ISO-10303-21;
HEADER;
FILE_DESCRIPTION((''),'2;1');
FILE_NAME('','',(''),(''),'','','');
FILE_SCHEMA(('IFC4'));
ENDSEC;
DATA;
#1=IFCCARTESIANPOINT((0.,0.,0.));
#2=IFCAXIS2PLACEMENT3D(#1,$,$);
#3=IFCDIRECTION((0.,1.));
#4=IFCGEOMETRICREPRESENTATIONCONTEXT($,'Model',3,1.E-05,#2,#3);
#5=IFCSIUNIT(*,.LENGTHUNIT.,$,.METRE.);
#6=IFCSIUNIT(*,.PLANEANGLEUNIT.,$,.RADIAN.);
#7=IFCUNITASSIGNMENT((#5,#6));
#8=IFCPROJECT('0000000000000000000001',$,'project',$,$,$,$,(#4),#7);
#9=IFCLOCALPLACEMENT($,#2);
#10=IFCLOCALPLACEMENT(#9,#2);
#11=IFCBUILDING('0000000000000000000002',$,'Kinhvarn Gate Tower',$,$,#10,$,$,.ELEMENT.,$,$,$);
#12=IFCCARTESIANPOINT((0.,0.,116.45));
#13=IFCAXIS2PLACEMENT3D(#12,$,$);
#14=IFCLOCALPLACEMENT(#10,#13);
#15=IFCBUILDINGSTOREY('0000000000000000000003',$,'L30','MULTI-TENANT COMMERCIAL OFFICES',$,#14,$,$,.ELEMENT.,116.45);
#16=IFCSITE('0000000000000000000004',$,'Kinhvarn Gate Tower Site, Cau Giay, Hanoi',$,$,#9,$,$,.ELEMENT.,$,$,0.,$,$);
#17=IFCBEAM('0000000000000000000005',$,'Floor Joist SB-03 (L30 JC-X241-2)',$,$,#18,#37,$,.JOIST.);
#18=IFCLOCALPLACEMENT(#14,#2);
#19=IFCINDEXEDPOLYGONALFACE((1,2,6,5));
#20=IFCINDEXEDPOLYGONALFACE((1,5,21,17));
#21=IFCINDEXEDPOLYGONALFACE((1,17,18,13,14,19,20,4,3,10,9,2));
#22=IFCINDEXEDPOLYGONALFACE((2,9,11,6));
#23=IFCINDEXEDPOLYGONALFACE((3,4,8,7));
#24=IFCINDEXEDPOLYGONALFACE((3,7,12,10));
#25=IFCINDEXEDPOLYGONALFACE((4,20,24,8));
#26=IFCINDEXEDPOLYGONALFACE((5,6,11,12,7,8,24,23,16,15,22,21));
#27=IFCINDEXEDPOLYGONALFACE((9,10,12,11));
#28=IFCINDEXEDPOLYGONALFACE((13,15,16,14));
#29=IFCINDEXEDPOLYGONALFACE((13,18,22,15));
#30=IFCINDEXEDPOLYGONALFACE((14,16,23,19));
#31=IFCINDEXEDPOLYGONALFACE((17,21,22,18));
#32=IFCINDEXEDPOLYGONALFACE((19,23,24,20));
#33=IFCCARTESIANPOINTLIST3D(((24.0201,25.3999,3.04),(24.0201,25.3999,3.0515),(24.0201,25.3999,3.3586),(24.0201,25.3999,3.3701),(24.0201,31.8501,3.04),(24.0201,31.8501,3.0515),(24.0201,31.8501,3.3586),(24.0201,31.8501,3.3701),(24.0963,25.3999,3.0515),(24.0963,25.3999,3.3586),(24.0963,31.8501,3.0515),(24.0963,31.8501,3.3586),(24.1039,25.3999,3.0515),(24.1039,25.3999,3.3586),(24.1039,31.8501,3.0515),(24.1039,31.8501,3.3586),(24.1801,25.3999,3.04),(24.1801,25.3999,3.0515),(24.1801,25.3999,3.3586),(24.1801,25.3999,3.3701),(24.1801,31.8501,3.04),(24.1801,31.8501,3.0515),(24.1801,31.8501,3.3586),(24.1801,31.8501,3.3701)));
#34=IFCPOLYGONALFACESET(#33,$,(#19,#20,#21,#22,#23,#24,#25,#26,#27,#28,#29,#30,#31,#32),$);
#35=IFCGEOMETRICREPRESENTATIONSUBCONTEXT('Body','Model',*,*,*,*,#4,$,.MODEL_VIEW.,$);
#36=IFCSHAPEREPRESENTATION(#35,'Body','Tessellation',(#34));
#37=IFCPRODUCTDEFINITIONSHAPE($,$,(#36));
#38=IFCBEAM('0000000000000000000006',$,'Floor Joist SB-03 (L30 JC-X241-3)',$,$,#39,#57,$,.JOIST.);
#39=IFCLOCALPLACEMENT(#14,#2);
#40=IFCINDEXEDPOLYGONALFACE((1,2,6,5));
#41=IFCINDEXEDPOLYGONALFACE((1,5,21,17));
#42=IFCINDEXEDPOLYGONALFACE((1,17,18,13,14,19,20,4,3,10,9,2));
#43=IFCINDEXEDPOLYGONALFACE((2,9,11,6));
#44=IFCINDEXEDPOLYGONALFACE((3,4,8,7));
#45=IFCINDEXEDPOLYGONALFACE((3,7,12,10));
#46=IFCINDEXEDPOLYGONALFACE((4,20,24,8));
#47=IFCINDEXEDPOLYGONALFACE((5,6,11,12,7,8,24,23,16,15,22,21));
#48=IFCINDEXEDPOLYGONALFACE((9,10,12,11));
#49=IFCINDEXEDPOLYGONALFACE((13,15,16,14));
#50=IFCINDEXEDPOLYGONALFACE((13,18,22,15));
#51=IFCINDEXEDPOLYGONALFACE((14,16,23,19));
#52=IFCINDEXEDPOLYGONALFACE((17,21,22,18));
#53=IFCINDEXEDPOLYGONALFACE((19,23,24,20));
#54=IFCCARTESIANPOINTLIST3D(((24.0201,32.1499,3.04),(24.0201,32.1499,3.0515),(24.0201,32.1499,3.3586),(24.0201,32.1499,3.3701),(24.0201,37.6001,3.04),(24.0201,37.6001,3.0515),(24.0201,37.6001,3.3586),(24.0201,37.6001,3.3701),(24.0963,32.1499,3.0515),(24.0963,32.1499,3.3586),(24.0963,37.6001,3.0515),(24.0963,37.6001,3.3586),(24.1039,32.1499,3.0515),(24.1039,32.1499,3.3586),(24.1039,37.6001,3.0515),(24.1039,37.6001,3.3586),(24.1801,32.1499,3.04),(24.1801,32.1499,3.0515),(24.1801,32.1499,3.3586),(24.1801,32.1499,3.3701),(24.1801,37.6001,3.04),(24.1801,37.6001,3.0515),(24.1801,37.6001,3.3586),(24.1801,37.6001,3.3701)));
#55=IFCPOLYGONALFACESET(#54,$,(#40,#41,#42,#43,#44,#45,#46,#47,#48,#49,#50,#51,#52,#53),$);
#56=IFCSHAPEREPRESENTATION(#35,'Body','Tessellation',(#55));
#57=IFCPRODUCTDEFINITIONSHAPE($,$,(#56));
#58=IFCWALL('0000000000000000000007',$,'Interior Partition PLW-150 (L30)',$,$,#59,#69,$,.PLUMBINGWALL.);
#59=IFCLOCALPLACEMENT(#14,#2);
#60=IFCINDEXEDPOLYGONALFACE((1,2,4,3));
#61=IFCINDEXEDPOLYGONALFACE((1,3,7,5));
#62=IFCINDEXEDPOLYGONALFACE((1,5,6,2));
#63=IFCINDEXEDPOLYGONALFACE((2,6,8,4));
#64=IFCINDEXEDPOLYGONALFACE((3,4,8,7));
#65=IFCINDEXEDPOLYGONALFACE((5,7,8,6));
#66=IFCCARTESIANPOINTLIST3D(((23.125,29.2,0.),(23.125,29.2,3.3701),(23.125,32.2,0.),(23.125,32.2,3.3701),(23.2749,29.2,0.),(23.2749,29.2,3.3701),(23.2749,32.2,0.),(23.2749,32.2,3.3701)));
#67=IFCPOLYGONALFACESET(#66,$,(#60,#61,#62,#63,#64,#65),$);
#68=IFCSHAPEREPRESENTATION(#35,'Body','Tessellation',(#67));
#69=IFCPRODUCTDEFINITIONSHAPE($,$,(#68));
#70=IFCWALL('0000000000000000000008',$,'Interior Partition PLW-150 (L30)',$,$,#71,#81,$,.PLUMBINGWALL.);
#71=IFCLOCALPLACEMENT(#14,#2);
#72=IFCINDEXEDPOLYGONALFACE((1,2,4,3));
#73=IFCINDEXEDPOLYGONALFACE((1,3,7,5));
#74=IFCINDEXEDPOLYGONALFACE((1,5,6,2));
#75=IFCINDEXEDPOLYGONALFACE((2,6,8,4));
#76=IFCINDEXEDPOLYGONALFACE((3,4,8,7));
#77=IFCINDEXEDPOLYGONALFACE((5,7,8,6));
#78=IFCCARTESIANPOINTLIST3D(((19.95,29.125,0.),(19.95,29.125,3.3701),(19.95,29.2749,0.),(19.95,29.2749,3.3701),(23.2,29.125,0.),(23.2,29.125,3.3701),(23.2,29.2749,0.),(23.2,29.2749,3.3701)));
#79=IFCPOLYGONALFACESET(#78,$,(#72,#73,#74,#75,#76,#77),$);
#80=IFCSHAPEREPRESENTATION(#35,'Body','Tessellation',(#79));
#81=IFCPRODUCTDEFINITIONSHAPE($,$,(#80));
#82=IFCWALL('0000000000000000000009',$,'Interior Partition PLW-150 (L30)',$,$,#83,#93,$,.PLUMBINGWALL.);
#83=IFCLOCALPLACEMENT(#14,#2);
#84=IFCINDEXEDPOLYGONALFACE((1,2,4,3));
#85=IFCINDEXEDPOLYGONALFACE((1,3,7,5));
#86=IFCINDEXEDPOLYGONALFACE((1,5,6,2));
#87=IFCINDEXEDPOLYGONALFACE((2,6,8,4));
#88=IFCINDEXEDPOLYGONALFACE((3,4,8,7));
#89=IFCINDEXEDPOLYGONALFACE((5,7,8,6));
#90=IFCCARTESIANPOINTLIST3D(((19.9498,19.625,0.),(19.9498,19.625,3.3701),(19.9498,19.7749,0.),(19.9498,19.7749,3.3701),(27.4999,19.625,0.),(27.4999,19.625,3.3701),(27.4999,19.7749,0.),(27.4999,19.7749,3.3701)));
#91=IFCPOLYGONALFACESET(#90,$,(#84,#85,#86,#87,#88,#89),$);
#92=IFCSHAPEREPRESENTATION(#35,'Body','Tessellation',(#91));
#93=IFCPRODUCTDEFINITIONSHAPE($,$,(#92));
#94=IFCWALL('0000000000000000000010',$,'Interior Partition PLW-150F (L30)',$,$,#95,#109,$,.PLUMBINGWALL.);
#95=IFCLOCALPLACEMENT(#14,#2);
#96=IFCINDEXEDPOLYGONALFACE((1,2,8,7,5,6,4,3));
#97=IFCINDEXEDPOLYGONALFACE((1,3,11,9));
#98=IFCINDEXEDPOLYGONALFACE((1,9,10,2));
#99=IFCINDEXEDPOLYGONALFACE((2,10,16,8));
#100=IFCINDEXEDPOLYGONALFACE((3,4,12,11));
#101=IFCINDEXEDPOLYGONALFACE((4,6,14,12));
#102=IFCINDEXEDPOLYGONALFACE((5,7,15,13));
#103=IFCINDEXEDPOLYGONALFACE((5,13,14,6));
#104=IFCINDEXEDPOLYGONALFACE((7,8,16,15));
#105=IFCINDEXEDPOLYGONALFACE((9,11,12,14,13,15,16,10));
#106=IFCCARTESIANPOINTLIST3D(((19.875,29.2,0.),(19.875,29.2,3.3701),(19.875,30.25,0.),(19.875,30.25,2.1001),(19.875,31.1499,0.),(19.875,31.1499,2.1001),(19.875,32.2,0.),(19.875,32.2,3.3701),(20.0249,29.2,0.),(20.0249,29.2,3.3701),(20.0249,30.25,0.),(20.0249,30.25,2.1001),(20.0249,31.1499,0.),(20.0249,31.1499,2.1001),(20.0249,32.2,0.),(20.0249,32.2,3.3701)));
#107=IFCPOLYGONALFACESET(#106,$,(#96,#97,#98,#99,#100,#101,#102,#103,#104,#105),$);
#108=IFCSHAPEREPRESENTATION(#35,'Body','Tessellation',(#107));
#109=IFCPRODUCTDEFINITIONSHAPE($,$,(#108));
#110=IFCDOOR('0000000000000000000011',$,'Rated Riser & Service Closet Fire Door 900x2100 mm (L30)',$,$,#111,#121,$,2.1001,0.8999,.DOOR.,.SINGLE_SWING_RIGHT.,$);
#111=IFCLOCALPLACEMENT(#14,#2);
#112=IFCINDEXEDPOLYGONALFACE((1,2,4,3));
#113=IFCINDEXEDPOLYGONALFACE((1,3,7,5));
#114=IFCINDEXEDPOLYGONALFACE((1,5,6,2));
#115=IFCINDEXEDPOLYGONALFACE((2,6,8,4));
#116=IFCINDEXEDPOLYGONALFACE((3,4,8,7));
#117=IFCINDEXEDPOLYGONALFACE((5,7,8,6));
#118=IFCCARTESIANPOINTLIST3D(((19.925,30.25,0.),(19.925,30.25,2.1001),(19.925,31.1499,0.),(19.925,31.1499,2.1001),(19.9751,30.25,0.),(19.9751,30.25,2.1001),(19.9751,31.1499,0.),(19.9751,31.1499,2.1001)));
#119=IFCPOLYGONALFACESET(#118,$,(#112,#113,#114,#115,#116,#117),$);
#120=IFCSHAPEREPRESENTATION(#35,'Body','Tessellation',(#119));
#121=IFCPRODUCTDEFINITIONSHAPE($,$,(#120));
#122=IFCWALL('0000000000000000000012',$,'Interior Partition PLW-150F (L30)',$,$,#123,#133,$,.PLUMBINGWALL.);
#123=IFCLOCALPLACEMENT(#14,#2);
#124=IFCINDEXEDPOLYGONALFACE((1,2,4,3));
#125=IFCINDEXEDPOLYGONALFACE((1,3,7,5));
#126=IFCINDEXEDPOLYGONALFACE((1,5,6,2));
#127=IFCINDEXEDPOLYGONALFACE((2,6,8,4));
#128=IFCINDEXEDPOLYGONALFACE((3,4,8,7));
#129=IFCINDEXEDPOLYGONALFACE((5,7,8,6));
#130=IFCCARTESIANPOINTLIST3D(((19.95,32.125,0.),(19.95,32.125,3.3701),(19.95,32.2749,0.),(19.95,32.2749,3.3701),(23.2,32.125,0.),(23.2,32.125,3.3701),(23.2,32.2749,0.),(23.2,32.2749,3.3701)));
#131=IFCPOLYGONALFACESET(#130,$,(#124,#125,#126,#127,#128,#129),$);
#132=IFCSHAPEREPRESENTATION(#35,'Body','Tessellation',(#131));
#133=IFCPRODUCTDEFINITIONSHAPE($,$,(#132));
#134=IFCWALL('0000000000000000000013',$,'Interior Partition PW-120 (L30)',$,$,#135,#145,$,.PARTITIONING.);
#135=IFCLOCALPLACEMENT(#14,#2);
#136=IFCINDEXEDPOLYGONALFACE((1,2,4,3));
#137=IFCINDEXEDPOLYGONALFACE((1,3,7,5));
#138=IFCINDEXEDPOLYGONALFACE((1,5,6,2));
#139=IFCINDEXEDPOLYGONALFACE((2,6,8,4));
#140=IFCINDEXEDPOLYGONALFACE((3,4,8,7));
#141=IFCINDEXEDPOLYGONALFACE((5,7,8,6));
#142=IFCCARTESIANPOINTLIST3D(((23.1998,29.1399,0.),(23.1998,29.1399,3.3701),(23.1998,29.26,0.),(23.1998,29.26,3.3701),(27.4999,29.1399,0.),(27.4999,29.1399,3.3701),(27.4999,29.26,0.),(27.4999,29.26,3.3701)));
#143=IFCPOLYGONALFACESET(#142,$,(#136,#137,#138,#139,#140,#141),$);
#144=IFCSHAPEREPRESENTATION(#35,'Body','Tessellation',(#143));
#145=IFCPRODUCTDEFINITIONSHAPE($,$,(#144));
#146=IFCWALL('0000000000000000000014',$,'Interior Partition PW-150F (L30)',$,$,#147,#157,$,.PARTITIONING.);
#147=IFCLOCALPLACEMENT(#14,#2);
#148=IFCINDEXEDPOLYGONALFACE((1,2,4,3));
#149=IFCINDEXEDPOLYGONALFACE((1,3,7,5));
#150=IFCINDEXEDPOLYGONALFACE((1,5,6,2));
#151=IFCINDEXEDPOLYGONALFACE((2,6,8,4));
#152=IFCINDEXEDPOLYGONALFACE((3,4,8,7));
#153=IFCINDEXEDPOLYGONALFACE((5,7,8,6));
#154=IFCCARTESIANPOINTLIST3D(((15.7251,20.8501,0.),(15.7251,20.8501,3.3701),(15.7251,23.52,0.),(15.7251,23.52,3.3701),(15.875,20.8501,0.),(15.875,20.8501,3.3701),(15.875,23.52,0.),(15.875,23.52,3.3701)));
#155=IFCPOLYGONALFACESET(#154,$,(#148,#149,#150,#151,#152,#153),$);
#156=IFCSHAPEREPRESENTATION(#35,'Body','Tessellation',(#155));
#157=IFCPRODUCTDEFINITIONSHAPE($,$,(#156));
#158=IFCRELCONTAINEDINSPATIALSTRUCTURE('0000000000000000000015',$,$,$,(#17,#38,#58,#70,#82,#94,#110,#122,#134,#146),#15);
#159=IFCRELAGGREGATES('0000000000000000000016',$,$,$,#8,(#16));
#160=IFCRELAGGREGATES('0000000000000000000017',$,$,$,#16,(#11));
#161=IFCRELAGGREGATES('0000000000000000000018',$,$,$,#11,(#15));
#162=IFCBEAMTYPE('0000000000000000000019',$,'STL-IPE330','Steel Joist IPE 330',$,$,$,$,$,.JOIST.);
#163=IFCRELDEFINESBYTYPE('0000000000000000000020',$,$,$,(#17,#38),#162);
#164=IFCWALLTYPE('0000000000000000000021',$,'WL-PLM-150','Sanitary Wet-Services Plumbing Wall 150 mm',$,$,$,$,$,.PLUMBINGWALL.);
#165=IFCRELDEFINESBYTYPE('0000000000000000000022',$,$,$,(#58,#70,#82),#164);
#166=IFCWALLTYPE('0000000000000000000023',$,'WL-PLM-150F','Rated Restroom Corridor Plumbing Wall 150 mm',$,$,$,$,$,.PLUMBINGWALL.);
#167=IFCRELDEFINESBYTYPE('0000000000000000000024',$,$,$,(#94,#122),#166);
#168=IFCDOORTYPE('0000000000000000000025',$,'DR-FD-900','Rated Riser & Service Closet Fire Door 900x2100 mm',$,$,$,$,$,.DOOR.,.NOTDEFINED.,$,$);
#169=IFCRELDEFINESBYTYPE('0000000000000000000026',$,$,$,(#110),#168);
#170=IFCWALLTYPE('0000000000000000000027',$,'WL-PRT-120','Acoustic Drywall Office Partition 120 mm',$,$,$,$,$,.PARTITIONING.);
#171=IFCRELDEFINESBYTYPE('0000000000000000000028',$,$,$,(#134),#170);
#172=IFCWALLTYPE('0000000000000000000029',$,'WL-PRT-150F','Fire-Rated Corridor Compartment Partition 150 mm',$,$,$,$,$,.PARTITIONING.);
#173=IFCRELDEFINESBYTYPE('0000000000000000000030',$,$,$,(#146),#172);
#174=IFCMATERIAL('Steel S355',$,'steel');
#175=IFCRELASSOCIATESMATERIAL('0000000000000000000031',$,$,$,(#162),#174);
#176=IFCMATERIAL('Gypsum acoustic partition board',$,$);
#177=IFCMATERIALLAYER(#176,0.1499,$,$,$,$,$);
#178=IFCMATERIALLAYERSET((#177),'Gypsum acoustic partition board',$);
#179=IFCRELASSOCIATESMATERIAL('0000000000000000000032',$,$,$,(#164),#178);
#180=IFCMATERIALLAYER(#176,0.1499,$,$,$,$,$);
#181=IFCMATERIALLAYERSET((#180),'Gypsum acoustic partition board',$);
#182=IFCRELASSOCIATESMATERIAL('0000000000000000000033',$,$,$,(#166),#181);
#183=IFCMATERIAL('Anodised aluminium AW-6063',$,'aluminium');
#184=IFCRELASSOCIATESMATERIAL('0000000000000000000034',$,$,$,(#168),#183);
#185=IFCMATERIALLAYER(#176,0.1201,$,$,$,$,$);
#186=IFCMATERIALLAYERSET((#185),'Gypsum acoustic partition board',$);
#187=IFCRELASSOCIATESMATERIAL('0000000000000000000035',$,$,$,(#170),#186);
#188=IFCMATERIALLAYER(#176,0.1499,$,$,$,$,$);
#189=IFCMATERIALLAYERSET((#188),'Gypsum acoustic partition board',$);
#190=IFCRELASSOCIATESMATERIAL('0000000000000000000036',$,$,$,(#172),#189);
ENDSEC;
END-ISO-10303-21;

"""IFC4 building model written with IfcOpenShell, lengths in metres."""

from ifc_helpers import new_model, si_unit, direction, frame, frame_2d, origin, origin_2d, place, context, subcontext, project, spatial, rectangle, i_section, extrude, material, layer, layer_set, material_profile, profile_set, type_object, element, fill, save


model = new_model("IFC4")

# Units and contexts
model_context = context("Model", 3, precision=1e-05, world=origin(), true_north=direction((0.0, 1.0)))
body_context = subcontext(model_context, "Body", "Model", "MODEL_VIEW")
ifc_project = project(units=[si_unit("LENGTHUNIT", "METRE"), si_unit("PLANEANGLEUNIT", "RADIAN")], contexts=[model_context])

# Site, building, storey
site_placement = place(None, origin())
site = spatial("IfcSite", under=ifc_project, at=site_placement, Name="Kinhvarn Gate Tower Site, Cau Giay, Hanoi", CompositionType="ELEMENT", RefElevation=0.0)
building_placement = place(site_placement, origin())
building = spatial("IfcBuilding", under=site, at=building_placement, Name="Kinhvarn Gate Tower", CompositionType="ELEMENT")
storey_placement = place(building_placement, frame((0.0, 0.0, 116.45)))
storey = spatial("IfcBuildingStorey", under=building, at=storey_placement, Name="L30", Description="MULTI-TENANT COMMERCIAL OFFICES", CompositionType="ELEMENT", Elevation=116.45)

# Beams
ifc_material_1 = material(Name="Steel S355", Category="steel")
ifc_material_profile_1 = material_profile(ifc_material_1, i_section(OverallWidth=0.1599, OverallDepth=0.3301, WebThickness=0.0076, FlangeThickness=0.0115, at=origin_2d()), Name="IPE 330")
ifc_profile_set_1 = profile_set([ifc_material_profile_1], Name="Steel S355")
beam_type_1 = type_object("IfcBeamType", Name="STL-IPE330", Description="Steel Joist IPE 330", PredefinedType="JOIST", material=ifc_profile_set_1)
beam_1_placement = place(storey_placement, frame((24.1001, 25.3999, 3.2051), z_axis=(0.0, 1.0, 0.0), x_axis=(-1.0, 0.0, 0.0)))
element("IfcBeam", 1, at=beam_1_placement, inside=storey, type_object=beam_type_1, Name="Floor Joist SB-03 (L30 JC-X241-2)", PredefinedType="JOIST", context=body_context, shape_type="SweptSolid", body=[
    extrude(i_section(OverallWidth=0.1599, OverallDepth=0.3301, WebThickness=0.0076, FlangeThickness=0.0115, at=origin_2d()), origin(), (0.0, 0.0, 1.0), 6.4502),
])
beam_2_placement = place(storey_placement, frame((24.1001, 32.1499, 3.2051), z_axis=(0.0, 1.0, 0.0), x_axis=(-1.0, 0.0, 0.0)))
element("IfcBeam", 2, at=beam_2_placement, inside=storey, type_object=beam_type_1, Name="Floor Joist SB-03 (L30 JC-X241-3)", PredefinedType="JOIST", context=body_context, shape_type="SweptSolid", body=[
    extrude(i_section(OverallWidth=0.1599, OverallDepth=0.3301, WebThickness=0.0076, FlangeThickness=0.0115, at=origin_2d()), origin(), (0.0, 0.0, 1.0), 5.4502),
])

# Shared definitions
ifc_material_2 = material(Name="Anodised aluminium AW-6063", Category="aluminium")

# Walls
ifc_material_3 = material(Name="Gypsum acoustic partition board")
ifc_layer_1 = layer(ifc_material_3, 0.1499)
ifc_layer_set_1 = layer_set([ifc_layer_1], Name="Gypsum acoustic partition board")
wall_type_1 = type_object("IfcWallType", Name="WL-PLM-150", Description="Sanitary Wet-Services Plumbing Wall 150 mm", PredefinedType="PLUMBINGWALL", material=ifc_layer_set_1)
wall_1_placement = place(storey_placement, frame((23.2, 29.2, 0.0), z_axis=(0.0, 0.0, 1.0), x_axis=(0.0, 1.0, 0.0)))
element("IfcWall", 3, at=wall_1_placement, inside=storey, type_object=wall_type_1, Name="Interior Partition PLW-150 (L30)", PredefinedType="PLUMBINGWALL", context=body_context, shape_type="SweptSolid", body=[
    extrude(rectangle(XDim=3.0, YDim=0.1499, at=frame_2d((1.5, 0.0))), origin(), (0.0, 0.0, 1.0), 3.3701),
])
wall_2_placement = place(storey_placement, frame((19.95, 29.2, 0.0), z_axis=(0.0, 0.0, 1.0), x_axis=(1.0, 0.0, 0.0)))
element("IfcWall", 4, at=wall_2_placement, inside=storey, type_object=wall_type_1, Name="Interior Partition PLW-150 (L30)", PredefinedType="PLUMBINGWALL", context=body_context, shape_type="SweptSolid", body=[
    extrude(rectangle(XDim=3.25, YDim=0.1499, at=frame_2d((1.625, 0.0))), origin(), (0.0, 0.0, 1.0), 3.3701),
])
wall_3_placement = place(storey_placement, frame((19.95, 19.7, 0.0), z_axis=(0.0, 0.0, 1.0), x_axis=(1.0, 0.0, 0.0)))
element("IfcWall", 5, at=wall_3_placement, inside=storey, type_object=wall_type_1, Name="Interior Partition PLW-150 (L30)", PredefinedType="PLUMBINGWALL", context=body_context, shape_type="SweptSolid", body=[
    extrude(rectangle(XDim=7.55, YDim=0.1499, at=frame_2d((3.7749, 0.0))), origin(), (0.0, 0.0, 1.0), 3.3701),
])

# Wall, opening, door
ifc_layer_2 = layer(ifc_material_3, 0.1499)
ifc_layer_set_2 = layer_set([ifc_layer_2], Name="Gypsum acoustic partition board")
wall_type_2 = type_object("IfcWallType", Name="WL-PLM-150F", Description="Rated Restroom Corridor Plumbing Wall 150 mm", PredefinedType="PLUMBINGWALL", material=ifc_layer_set_2)
wall_4_placement = place(storey_placement, frame((19.95, 29.2, 0.0), z_axis=(0.0, 0.0, 1.0), x_axis=(0.0, 1.0, 0.0)))
wall_4 = element("IfcWall", 6, at=wall_4_placement, inside=storey, type_object=wall_type_2, Name="Interior Partition PLW-150F (L30)", PredefinedType="PLUMBINGWALL", context=body_context, shape_type="SweptSolid", body=[
    extrude(rectangle(XDim=3.0, YDim=0.1499, at=frame_2d((1.5, 0.0))), origin(), (0.0, 0.0, 1.0), 3.3701),
])
opening_1_placement = place(wall_4_placement, frame((1.05, 0.0, 0.0)))
opening_1 = element("IfcOpeningElement", 7, at=opening_1_placement, cuts=wall_4, PredefinedType="OPENING", context=body_context, shape_type="SweptSolid", body=[
    extrude(rectangle(XDim=0.8999, YDim=2.1001, at=frame_2d((0.45, 1.05))), frame((0.0, 0.085, 0.0), z_axis=(0.0, -1.0, 0.0), x_axis=(1.0, 0.0, 0.0)), (0.0, 0.0, 1.0), 0.1699),
])
door_type_1 = type_object("IfcDoorType", Name="DR-FD-900", Description="Rated Riser & Service Closet Fire Door 900x2100 mm", OperationType="NOTDEFINED", PredefinedType="DOOR", material=ifc_material_2)
door_1_placement = place(opening_1_placement, origin())
door_1 = element("IfcDoor", 8, at=door_1_placement, inside=storey, type_object=door_type_1, Name="Rated Riser & Service Closet Fire Door 900x2100 mm (L30)", OperationType="SINGLE_SWING_RIGHT", OverallHeight=2.1001, OverallWidth=0.8999, PredefinedType="DOOR", context=body_context, shape_type="SweptSolid", body=[
    extrude(rectangle(XDim=0.8999, YDim=2.1001, at=frame_2d((0.45, 1.05))), frame((0.0, 0.0249, 0.0), z_axis=(0.0, -1.0, 0.0), x_axis=(1.0, 0.0, 0.0)), (0.0, 0.0, 1.0), 0.05),
])
fill(opening_1, door_1)

# Walls
wall_5_placement = place(storey_placement, frame((19.95, 32.2, 0.0), z_axis=(0.0, 0.0, 1.0), x_axis=(1.0, 0.0, 0.0)))
element("IfcWall", 9, at=wall_5_placement, inside=storey, type_object=wall_type_2, Name="Interior Partition PLW-150F (L30)", PredefinedType="PLUMBINGWALL", context=body_context, shape_type="SweptSolid", body=[
    extrude(rectangle(XDim=3.25, YDim=0.1499, at=frame_2d((1.625, 0.0))), origin(), (0.0, 0.0, 1.0), 3.3701),
])
ifc_layer_3 = layer(ifc_material_3, 0.1201)
ifc_layer_set_3 = layer_set([ifc_layer_3], Name="Gypsum acoustic partition board")
wall_type_3 = type_object("IfcWallType", Name="WL-PRT-120", Description="Acoustic Drywall Office Partition 120 mm", PredefinedType="PARTITIONING", material=ifc_layer_set_3)
wall_6_placement = place(storey_placement, frame((23.2, 29.2, 0.0), z_axis=(0.0, 0.0, 1.0), x_axis=(1.0, 0.0, 0.0)))
element("IfcWall", 10, at=wall_6_placement, inside=storey, type_object=wall_type_3, Name="Interior Partition PW-120 (L30)", PredefinedType="PARTITIONING", context=body_context, shape_type="SweptSolid", body=[
    extrude(rectangle(XDim=4.3, YDim=0.1201, at=frame_2d((2.1499, 0.0))), origin(), (0.0, 0.0, 1.0), 3.3701),
])
ifc_layer_4 = layer(ifc_material_3, 0.1499)
ifc_layer_set_4 = layer_set([ifc_layer_4], Name="Gypsum acoustic partition board")
wall_type_4 = type_object("IfcWallType", Name="WL-PRT-150F", Description="Fire-Rated Corridor Compartment Partition 150 mm", PredefinedType="PARTITIONING", material=ifc_layer_set_4)
wall_7_placement = place(storey_placement, frame((15.8, 20.8501, 0.0), z_axis=(0.0, 0.0, 1.0), x_axis=(0.0, 1.0, 0.0)))
element("IfcWall", 11, at=wall_7_placement, inside=storey, type_object=wall_type_4, Name="Interior Partition PW-150F (L30)", PredefinedType="PARTITIONING", context=body_context, shape_type="SweptSolid", body=[
    extrude(rectangle(XDim=2.6699, YDim=0.1499, at=frame_2d((1.335, 0.0))), origin(), (0.0, 0.0, 1.0), 3.3701),
])

save(model, "model.ifc")
